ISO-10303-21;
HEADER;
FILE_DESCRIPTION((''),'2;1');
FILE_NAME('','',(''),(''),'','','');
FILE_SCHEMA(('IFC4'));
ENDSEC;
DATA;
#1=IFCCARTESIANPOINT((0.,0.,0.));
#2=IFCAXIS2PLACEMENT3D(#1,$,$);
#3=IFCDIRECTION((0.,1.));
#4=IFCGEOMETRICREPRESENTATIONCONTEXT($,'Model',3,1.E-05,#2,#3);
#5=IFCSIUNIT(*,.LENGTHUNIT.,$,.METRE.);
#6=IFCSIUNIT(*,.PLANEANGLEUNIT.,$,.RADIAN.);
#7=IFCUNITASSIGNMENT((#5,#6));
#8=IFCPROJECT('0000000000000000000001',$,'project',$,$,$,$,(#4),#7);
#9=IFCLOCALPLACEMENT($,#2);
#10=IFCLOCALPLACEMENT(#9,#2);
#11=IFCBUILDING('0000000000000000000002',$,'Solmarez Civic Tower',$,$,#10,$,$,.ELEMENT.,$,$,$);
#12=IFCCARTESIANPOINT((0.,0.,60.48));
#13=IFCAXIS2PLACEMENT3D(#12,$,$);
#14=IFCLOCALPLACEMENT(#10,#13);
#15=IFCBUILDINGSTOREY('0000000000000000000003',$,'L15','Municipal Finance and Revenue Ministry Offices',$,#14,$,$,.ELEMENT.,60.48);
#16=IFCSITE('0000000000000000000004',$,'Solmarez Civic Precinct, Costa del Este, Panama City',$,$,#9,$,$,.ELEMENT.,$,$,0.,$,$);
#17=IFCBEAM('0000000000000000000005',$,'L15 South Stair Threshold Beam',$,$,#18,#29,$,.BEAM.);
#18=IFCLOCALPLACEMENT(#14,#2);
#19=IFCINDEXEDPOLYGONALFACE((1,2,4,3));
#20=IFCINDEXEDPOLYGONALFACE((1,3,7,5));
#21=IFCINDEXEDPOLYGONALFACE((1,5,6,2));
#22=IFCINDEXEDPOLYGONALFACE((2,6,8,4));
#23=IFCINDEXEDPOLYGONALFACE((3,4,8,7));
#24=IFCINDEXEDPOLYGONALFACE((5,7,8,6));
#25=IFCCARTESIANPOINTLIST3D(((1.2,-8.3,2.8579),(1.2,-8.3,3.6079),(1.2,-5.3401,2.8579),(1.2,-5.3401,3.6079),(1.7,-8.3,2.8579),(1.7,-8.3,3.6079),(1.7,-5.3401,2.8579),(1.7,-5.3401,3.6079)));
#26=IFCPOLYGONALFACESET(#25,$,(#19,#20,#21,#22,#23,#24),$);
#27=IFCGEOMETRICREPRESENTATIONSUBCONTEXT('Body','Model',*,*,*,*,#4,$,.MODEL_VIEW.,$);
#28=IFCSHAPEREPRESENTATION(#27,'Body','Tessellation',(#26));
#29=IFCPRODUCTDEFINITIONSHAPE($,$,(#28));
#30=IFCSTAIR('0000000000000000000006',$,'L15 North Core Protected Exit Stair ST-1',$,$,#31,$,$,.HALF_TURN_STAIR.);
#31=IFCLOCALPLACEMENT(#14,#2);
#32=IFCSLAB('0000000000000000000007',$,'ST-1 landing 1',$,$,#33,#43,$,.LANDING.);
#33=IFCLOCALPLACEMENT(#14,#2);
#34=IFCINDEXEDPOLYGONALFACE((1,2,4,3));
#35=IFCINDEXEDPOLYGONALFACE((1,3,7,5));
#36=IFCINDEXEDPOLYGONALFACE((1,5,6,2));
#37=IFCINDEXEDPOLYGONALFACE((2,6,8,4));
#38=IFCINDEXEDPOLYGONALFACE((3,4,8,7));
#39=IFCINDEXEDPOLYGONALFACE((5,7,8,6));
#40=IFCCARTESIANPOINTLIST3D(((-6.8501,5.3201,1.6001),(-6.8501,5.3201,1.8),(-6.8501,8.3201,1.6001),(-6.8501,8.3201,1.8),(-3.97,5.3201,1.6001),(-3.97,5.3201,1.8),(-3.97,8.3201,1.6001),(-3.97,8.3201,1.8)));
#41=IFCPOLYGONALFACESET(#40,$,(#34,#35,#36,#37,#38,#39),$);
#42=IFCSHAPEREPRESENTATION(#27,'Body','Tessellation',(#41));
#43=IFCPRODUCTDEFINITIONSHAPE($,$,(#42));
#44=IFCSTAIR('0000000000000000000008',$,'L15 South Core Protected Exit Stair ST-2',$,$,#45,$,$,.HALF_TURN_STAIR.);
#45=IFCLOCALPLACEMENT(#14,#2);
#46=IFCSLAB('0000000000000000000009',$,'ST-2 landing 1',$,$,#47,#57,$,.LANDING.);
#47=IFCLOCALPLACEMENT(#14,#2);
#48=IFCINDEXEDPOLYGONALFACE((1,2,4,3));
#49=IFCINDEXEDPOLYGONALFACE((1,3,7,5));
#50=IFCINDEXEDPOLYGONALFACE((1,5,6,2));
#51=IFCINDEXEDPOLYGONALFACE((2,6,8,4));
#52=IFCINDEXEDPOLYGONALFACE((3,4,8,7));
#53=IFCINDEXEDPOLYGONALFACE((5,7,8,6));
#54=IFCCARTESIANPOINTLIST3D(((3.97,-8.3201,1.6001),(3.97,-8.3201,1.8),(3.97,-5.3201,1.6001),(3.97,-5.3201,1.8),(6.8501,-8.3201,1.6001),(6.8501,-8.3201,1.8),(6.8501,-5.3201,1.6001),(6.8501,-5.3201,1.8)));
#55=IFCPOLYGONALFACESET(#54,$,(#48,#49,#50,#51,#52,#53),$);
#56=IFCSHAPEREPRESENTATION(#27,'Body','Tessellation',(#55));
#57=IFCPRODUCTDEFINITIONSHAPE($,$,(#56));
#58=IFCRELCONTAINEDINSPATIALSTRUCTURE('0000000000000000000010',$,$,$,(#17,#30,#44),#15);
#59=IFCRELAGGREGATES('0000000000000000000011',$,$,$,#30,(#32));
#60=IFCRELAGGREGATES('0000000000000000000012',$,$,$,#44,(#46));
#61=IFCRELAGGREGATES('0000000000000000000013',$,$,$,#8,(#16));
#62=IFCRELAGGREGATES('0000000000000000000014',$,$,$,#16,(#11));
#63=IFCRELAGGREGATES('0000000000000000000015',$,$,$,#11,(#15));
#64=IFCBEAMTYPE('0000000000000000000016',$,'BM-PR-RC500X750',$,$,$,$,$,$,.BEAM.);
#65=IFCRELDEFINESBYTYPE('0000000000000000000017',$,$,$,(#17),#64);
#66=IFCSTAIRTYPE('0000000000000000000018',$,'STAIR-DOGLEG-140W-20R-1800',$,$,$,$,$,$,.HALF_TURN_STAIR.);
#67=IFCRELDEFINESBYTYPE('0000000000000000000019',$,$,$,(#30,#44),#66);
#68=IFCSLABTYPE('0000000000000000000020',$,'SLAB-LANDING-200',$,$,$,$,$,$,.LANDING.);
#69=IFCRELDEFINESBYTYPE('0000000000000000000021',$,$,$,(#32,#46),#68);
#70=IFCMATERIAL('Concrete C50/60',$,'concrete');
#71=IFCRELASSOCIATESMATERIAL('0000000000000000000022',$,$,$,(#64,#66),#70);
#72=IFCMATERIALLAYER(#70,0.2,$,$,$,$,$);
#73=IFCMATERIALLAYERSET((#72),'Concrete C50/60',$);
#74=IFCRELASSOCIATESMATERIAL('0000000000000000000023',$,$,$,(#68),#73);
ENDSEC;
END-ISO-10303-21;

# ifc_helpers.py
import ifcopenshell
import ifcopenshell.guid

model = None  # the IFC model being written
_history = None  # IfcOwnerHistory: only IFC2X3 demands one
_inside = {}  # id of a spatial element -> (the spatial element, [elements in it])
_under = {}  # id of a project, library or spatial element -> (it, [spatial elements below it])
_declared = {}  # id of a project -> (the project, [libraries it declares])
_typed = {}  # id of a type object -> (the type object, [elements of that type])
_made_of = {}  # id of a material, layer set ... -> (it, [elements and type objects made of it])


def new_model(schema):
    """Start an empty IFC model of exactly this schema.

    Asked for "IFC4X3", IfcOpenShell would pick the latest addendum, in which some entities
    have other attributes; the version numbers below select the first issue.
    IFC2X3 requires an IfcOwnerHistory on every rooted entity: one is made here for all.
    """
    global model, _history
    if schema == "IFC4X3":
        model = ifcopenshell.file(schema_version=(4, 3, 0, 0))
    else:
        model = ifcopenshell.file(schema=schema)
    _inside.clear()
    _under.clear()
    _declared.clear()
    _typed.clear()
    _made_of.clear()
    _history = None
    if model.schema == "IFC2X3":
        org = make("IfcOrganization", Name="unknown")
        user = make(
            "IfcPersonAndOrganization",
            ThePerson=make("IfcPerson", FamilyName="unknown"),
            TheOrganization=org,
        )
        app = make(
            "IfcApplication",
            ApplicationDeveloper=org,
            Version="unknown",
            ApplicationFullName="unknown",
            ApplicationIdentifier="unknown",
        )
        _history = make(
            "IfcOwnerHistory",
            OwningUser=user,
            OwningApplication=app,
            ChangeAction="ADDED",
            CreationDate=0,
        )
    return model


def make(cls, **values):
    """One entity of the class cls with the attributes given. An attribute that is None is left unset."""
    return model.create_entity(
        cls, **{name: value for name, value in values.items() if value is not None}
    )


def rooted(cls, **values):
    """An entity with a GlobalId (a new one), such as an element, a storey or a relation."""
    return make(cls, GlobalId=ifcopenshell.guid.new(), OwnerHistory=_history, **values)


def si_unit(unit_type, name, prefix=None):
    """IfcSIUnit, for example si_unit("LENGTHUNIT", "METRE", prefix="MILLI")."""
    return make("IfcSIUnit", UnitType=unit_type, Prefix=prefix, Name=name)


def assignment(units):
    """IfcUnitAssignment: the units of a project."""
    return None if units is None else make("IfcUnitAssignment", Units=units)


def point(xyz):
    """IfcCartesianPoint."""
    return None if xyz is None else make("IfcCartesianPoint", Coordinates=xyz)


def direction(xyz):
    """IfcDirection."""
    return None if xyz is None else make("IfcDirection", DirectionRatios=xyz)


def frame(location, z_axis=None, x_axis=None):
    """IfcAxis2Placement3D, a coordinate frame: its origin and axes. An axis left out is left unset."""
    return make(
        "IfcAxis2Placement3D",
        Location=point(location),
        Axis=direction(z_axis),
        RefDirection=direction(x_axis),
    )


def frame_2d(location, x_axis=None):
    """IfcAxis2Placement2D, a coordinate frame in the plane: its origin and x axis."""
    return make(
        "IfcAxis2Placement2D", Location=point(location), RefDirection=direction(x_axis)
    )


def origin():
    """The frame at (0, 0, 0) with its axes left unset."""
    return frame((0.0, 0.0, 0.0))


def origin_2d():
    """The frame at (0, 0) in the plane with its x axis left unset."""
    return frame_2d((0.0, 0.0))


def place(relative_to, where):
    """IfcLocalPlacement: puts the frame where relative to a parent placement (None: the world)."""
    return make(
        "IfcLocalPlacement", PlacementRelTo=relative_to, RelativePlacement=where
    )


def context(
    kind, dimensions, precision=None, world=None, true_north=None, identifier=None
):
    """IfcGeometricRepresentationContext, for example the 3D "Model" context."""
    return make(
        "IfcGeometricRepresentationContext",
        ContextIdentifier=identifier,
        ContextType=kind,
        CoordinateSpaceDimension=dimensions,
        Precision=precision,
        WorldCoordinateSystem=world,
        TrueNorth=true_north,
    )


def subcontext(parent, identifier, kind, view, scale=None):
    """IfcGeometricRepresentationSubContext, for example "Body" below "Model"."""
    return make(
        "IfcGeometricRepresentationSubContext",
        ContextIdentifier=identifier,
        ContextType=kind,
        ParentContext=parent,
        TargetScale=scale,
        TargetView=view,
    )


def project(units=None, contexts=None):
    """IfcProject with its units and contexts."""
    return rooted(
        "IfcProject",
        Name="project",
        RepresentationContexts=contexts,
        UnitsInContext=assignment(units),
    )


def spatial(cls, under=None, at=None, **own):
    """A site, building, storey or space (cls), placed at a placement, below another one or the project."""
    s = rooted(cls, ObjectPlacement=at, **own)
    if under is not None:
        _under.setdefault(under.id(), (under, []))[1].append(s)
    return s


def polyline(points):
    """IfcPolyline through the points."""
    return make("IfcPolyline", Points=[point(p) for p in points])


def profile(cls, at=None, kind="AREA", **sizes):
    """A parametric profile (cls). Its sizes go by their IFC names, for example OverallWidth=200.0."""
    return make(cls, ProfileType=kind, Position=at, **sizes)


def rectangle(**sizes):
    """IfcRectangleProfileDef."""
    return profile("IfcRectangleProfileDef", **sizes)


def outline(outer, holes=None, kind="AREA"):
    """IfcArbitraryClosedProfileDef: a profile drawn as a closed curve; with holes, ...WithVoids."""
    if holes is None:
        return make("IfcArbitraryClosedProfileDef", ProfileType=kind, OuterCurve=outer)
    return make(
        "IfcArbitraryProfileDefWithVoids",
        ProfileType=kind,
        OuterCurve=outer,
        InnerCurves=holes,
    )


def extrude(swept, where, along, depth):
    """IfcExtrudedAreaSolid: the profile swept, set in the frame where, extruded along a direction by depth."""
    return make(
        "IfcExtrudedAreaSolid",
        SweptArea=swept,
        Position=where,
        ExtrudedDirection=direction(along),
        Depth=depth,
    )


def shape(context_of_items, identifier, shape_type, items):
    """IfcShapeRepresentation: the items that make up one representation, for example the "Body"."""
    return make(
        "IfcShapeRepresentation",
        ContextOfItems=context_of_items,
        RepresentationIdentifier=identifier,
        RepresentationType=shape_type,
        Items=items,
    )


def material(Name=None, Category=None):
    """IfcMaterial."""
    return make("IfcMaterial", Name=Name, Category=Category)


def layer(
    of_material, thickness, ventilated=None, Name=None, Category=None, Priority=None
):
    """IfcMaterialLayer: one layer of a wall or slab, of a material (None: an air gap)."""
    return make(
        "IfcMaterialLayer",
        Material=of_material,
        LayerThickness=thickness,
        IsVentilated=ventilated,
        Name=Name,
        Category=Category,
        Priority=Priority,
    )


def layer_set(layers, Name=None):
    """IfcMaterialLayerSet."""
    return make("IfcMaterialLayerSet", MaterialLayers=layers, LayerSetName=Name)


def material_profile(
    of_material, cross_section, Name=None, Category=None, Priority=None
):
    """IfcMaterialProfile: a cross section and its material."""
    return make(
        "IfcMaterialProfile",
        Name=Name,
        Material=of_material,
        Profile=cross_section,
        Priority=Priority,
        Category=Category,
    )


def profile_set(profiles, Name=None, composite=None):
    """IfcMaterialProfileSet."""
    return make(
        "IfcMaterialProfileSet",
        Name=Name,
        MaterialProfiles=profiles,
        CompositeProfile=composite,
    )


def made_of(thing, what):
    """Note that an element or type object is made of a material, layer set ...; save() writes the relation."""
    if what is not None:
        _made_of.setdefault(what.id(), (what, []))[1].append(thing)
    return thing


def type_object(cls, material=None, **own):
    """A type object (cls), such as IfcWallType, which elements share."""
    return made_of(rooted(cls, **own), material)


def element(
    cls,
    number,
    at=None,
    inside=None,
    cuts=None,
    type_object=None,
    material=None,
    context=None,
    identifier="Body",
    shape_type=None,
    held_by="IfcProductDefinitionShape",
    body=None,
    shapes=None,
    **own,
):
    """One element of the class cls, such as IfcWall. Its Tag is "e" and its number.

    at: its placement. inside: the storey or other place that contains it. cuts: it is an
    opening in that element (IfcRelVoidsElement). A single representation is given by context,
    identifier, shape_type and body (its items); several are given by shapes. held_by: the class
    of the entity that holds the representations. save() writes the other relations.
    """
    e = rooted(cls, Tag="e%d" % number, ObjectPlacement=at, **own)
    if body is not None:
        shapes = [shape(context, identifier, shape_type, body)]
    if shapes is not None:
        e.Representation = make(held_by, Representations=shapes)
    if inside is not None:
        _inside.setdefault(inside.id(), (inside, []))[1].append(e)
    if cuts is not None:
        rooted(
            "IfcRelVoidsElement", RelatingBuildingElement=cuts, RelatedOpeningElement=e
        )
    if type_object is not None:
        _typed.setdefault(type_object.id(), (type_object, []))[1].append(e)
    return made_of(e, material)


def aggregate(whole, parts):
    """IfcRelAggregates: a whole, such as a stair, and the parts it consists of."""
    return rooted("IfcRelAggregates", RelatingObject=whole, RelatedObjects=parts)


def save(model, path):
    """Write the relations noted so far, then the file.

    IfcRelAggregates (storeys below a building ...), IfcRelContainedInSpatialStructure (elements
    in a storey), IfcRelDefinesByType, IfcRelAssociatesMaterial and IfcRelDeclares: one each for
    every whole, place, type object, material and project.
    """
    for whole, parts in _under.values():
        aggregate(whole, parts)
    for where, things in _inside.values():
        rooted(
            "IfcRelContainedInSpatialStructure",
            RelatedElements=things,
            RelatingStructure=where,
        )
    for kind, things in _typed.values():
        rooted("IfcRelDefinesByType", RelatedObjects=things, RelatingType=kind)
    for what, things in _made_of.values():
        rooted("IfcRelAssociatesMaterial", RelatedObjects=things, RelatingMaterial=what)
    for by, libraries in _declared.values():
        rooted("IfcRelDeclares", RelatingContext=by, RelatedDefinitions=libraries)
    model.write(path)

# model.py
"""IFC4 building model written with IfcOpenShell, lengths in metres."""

from ifc_helpers import new_model, si_unit, direction, frame, origin, origin_2d, place, context, subcontext, project, spatial, polyline, rectangle, outline, extrude, material, layer, layer_set, material_profile, profile_set, type_object, element, aggregate, save


model = new_model("IFC4")

# Units and contexts
model_context = context("Model", 3, precision=1e-05, world=origin(), true_north=direction((0.0, 1.0)))
body_context = subcontext(model_context, "Body", "Model", "MODEL_VIEW")
ifc_project = project(units=[si_unit("LENGTHUNIT", "METRE"), si_unit("PLANEANGLEUNIT", "RADIAN")], contexts=[model_context])

# Site, building, storey
site_placement = place(None, origin())
site = spatial("IfcSite", under=ifc_project, at=site_placement, Name="Solmarez Civic Precinct, Costa del Este, Panama City", CompositionType="ELEMENT", RefElevation=0.0)
building_placement = place(site_placement, origin())
building = spatial("IfcBuilding", under=site, at=building_placement, Name="Solmarez Civic Tower", CompositionType="ELEMENT")
storey_placement = place(building_placement, frame((0.0, 0.0, 60.48)))
storey = spatial("IfcBuildingStorey", under=building, at=storey_placement, Name="L15", Description="Municipal Finance and Revenue Ministry Offices", CompositionType="ELEMENT", Elevation=60.48)

# Beam
ifc_material_1 = material(Name="Concrete C50/60", Category="concrete")
ifc_material_profile = material_profile(ifc_material_1, rectangle(XDim=0.5, YDim=0.75, at=origin_2d()), Name="RC500X750")
ifc_profile_set = profile_set([ifc_material_profile], Name="Concrete C50/60")
beam_type = type_object("IfcBeamType", Name="BM-PR-RC500X750", PredefinedType="BEAM", material=ifc_profile_set)
beam_placement = place(storey_placement, frame((1.45, -8.3, 3.2329), z_axis=(0.0, 1.0, 0.0), x_axis=(-1.0, 0.0, 0.0)))
element("IfcBeam", 1, at=beam_placement, inside=storey, type_object=beam_type, Name="L15 South Stair Threshold Beam", PredefinedType="BEAM", context=body_context, shape_type="SweptSolid", body=[
    extrude(rectangle(XDim=0.5, YDim=0.75, at=origin_2d()), origin(), (0.0, 0.0, 1.0), 2.96),
])

# Stairs, slabs
stair_type = type_object("IfcStairType", Name="STAIR-DOGLEG-140W-20R-1800", PredefinedType="HALF_TURN_STAIR", material=ifc_material_1)
stair_1_placement = place(storey_placement, origin())
stair_1 = element("IfcStair", 2, at=stair_1_placement, inside=storey, type_object=stair_type, Name="L15 North Core Protected Exit Stair ST-1", PredefinedType="HALF_TURN_STAIR")
ifc_layer_1 = layer(ifc_material_1, 0.2)
ifc_layer_set_1 = layer_set([ifc_layer_1], Name="Concrete C50/60")
slab_type_1 = type_object("IfcSlabType", Name="SLAB-LANDING-200", PredefinedType="LANDING", material=ifc_layer_set_1)
slab_1_placement = place(storey_placement, frame((0.0, 0.0, 1.6001)))
slab_1 = element("IfcSlab", 3, at=slab_1_placement, type_object=slab_type_1, Name="ST-1 landing 1", PredefinedType="LANDING", context=body_context, shape_type="SweptSolid", body=[
    extrude(outline(polyline([(-3.97, 8.3201), (-6.8501, 8.3201), (-6.8501, 5.3201), (-3.97, 5.3201), (-3.97, 8.3201)])), origin(), (0.0, 0.0, 1.0), 0.2),
])
aggregate(stair_1, [slab_1])
stair_2_placement = place(storey_placement, origin())
stair_2 = element("IfcStair", 4, at=stair_2_placement, inside=storey, type_object=stair_type, Name="L15 South Core Protected Exit Stair ST-2", PredefinedType="HALF_TURN_STAIR")
slab_2_placement = place(storey_placement, frame((0.0, 0.0, 1.6001)))
slab_2 = element("IfcSlab", 5, at=slab_2_placement, type_object=slab_type_1, Name="ST-2 landing 1", PredefinedType="LANDING", context=body_context, shape_type="SweptSolid", body=[
    extrude(outline(polyline([(3.97, -8.3201), (6.8501, -8.3201), (6.8501, -5.3201), (3.97, -5.3201), (3.97, -8.3201)])), origin(), (0.0, 0.0, 1.0), 0.2),
])

aggregate(stair_2, [slab_2])

save(model, "model.ifc")
